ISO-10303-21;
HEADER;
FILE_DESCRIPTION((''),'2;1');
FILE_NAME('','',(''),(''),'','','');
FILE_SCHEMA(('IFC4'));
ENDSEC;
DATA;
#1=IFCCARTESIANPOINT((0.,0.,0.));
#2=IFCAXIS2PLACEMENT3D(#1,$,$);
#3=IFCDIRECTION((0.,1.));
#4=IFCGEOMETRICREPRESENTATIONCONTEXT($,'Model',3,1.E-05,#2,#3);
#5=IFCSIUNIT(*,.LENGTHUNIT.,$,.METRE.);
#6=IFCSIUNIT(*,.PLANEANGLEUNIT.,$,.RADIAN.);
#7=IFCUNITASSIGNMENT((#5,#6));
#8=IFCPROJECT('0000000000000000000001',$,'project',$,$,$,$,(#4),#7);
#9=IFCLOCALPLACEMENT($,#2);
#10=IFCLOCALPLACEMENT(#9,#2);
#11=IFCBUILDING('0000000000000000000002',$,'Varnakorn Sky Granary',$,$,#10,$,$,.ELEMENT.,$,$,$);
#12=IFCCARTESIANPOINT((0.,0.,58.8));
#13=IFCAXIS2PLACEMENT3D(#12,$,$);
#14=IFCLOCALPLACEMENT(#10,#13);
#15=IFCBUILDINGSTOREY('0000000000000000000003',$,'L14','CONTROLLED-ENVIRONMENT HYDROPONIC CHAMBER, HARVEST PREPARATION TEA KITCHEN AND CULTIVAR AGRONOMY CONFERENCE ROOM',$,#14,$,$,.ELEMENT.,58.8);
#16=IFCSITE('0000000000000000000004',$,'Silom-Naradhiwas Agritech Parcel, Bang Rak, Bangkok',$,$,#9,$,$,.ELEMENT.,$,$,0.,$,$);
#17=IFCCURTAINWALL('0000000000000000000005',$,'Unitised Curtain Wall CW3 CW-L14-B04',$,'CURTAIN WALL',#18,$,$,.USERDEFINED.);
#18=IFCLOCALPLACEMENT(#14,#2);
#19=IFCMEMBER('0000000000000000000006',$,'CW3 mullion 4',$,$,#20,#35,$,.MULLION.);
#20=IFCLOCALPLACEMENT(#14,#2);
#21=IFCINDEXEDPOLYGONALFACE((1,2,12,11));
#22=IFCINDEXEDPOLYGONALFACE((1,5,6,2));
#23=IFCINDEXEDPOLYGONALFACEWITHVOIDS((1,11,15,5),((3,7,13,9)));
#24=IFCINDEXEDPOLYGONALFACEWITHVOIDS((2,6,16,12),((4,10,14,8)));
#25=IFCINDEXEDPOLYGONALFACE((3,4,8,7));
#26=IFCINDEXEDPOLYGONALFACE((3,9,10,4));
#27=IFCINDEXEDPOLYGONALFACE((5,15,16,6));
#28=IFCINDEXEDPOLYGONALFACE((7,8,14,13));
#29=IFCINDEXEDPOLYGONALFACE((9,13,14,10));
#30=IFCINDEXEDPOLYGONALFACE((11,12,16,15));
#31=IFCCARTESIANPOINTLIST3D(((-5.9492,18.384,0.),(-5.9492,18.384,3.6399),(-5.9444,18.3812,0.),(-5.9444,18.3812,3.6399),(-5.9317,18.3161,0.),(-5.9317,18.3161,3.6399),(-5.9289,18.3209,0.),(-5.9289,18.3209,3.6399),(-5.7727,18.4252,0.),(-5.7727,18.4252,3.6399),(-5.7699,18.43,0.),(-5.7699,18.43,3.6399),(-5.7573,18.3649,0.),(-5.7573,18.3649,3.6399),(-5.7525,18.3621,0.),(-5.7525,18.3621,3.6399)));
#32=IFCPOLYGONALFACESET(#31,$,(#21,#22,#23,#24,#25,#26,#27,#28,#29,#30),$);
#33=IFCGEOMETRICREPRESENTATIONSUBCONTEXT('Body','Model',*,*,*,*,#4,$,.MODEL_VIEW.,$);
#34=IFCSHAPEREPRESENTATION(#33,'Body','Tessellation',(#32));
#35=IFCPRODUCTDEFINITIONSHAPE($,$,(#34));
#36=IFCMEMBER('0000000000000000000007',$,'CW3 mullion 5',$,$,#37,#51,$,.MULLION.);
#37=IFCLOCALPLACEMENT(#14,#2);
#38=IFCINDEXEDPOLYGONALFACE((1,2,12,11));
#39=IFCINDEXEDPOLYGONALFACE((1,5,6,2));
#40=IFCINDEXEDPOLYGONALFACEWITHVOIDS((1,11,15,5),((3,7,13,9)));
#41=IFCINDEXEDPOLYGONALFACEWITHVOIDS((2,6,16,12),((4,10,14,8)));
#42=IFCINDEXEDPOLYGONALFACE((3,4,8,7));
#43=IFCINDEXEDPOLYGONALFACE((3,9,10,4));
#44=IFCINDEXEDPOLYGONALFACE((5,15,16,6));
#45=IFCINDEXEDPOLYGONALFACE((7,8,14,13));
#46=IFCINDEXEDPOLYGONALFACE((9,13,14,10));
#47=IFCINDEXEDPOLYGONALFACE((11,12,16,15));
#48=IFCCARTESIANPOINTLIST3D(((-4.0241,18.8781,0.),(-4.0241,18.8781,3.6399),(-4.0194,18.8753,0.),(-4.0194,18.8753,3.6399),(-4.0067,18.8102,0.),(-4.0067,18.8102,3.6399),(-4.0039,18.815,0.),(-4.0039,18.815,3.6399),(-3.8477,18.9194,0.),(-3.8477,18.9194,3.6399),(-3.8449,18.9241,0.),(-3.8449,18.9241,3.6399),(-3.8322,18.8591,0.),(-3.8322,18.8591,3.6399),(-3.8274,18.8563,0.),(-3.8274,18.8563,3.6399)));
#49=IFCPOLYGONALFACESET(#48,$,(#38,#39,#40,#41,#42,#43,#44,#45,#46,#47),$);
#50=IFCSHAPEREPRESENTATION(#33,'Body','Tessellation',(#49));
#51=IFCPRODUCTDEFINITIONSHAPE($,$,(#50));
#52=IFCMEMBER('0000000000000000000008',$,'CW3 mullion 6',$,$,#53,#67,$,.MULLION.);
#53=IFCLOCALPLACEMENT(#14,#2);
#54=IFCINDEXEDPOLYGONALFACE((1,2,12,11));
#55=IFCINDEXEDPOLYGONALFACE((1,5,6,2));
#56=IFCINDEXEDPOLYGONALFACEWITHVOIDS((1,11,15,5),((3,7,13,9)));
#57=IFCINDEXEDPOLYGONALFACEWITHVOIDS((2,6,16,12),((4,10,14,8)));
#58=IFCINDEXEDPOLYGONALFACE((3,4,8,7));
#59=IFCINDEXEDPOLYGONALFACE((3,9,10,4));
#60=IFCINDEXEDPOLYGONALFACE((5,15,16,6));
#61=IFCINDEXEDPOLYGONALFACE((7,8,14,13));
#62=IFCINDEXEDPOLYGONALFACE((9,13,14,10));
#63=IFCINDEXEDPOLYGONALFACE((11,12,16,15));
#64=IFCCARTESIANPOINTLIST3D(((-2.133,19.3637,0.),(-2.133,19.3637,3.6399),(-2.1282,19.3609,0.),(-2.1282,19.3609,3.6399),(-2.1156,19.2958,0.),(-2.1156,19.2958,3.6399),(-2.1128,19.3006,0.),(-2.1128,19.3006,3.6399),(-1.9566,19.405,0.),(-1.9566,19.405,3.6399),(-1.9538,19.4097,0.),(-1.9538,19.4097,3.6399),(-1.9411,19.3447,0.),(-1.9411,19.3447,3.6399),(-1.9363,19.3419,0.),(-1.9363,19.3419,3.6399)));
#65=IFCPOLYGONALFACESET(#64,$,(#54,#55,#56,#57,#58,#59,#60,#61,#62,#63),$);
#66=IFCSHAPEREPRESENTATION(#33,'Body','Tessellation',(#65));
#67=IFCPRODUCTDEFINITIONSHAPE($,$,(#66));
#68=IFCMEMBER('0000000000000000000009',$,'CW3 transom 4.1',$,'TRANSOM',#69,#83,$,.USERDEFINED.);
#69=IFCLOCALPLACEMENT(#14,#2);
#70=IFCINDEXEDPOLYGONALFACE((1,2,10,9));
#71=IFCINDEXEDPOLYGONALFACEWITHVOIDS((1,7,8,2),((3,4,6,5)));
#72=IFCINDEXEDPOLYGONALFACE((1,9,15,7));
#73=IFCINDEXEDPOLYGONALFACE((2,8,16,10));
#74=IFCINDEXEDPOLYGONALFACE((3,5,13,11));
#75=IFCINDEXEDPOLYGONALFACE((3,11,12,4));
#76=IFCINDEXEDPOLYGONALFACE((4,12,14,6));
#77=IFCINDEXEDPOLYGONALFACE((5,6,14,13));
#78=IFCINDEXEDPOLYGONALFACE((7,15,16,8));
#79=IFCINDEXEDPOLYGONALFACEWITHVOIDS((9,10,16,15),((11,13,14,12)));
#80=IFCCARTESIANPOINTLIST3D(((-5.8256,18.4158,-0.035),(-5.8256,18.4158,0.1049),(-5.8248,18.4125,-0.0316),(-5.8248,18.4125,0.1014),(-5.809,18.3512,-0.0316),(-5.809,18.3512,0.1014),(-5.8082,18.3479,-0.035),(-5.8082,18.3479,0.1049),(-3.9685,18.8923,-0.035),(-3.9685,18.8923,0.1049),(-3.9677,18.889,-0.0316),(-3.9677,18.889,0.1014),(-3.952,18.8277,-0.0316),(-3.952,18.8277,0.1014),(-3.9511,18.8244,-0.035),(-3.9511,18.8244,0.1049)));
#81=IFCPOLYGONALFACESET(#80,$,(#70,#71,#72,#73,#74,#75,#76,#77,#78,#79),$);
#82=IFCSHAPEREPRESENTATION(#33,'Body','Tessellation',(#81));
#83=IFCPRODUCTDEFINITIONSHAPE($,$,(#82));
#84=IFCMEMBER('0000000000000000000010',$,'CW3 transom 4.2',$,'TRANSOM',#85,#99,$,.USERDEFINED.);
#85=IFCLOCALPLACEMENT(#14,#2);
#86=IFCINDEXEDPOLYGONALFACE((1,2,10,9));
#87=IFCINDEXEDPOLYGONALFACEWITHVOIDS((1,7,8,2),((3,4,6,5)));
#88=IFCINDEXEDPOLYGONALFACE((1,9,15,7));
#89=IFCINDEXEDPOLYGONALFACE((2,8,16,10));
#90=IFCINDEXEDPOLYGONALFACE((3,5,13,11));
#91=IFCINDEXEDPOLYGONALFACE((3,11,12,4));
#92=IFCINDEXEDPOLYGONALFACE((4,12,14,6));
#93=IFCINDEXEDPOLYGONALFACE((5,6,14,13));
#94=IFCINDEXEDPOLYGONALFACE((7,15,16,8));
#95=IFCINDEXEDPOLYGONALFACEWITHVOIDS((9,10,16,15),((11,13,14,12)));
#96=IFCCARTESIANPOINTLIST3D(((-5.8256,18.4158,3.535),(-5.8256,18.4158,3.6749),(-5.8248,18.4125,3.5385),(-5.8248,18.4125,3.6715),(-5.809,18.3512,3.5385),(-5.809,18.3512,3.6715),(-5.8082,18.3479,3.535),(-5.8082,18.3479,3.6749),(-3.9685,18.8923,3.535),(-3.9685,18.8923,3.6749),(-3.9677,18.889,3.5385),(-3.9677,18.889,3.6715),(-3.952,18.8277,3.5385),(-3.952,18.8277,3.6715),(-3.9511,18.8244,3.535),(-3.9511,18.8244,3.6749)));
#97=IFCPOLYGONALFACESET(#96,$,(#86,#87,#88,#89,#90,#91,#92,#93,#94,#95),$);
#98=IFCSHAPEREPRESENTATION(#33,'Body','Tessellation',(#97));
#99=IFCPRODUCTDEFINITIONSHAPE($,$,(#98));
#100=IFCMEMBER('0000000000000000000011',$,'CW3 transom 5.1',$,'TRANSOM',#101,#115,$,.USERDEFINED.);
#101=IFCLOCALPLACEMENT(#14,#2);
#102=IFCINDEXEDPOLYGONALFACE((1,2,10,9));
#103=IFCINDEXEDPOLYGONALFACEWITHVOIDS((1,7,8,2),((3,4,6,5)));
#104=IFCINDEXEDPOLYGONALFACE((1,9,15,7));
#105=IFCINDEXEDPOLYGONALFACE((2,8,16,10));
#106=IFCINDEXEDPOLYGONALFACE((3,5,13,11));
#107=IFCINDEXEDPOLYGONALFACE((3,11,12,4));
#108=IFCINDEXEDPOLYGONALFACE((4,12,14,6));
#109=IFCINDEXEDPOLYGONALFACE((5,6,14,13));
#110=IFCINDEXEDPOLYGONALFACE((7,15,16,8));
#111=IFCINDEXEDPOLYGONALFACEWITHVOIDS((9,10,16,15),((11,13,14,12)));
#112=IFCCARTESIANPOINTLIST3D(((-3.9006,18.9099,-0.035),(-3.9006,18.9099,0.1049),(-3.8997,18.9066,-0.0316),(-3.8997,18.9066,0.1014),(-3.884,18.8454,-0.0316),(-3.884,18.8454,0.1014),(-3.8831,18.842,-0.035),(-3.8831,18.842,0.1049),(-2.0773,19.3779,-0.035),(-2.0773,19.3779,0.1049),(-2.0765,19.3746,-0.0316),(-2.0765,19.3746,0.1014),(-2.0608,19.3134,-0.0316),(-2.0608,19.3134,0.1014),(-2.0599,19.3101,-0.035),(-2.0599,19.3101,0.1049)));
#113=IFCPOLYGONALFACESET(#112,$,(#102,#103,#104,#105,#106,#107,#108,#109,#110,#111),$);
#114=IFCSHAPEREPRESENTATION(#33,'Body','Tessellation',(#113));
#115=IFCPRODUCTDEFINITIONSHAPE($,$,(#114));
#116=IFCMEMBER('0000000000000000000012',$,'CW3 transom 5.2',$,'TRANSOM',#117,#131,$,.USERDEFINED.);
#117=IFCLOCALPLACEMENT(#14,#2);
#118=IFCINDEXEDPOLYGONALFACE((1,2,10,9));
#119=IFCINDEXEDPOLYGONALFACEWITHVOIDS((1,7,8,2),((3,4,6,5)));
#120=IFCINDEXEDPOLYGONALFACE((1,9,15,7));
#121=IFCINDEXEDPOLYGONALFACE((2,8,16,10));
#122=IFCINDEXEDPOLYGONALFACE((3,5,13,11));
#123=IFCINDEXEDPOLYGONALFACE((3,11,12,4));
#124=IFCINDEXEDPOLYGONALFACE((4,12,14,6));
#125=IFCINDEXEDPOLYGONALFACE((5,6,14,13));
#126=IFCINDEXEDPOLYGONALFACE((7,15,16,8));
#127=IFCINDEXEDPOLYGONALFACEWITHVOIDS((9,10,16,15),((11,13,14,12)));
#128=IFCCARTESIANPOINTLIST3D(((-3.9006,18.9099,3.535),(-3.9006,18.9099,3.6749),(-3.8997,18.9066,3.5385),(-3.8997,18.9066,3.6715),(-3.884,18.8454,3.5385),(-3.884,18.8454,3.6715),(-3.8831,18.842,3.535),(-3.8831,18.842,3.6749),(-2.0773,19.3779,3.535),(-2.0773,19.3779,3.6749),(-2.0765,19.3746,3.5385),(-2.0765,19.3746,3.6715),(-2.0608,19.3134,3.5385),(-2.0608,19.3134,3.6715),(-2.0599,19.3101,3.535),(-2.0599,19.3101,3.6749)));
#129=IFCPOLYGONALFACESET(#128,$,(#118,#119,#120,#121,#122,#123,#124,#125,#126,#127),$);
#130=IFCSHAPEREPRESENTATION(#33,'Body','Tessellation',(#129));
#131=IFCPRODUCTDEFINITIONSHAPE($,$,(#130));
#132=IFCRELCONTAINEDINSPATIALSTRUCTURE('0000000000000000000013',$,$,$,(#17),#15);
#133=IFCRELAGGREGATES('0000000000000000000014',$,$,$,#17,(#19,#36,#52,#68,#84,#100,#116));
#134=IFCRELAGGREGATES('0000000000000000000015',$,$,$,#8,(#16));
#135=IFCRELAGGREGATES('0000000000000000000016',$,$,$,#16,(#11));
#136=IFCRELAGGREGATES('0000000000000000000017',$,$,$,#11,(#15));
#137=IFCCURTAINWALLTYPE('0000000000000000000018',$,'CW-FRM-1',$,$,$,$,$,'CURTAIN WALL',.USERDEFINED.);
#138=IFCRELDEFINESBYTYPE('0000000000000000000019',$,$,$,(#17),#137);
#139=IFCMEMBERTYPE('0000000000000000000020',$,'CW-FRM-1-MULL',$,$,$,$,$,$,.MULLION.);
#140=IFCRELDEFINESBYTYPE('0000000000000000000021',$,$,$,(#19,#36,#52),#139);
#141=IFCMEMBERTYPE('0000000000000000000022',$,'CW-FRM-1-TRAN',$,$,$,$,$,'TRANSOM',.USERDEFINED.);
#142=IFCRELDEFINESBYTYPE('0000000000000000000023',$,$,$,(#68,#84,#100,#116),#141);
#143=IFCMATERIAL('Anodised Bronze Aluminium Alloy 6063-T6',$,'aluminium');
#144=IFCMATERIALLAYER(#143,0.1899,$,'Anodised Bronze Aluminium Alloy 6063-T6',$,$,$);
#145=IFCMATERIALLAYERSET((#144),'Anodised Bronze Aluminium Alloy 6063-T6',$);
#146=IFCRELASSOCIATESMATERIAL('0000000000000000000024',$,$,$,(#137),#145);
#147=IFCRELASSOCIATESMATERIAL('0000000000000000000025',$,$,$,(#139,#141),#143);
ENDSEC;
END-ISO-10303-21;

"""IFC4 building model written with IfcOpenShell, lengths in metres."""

from ifc_helpers import new_model, si_unit, direction, frame, origin, origin_2d, place, context, subcontext, project, spatial, hollow_rectangle, extrude, material, layer, layer_set, material_profile, profile_set, type_object, element, aggregate, save


model = new_model("IFC4")

# Units and contexts
model_context = context("Model", 3, precision=1e-05, world=origin(), true_north=direction((0.0, 1.0)))
body_context = subcontext(model_context, "Body", "Model", "MODEL_VIEW")
ifc_project = project(units=[si_unit("LENGTHUNIT", "METRE"), si_unit("PLANEANGLEUNIT", "RADIAN")], contexts=[model_context])

# Site, building, storey
site_placement = place(None, origin())
site = spatial("IfcSite", under=ifc_project, at=site_placement, Name="Silom-Naradhiwas Agritech Parcel, Bang Rak, Bangkok", CompositionType="ELEMENT", RefElevation=0.0)
building_placement = place(site_placement, origin())
building = spatial("IfcBuilding", under=site, at=building_placement, Name="Varnakorn Sky Granary", CompositionType="ELEMENT")
storey_placement = place(building_placement, frame((0.0, 0.0, 58.8)))
storey = spatial("IfcBuildingStorey", under=building, at=storey_placement, Name="L14", Description="CONTROLLED-ENVIRONMENT HYDROPONIC CHAMBER, HARVEST PREPARATION TEA KITCHEN AND CULTIVAR AGRONOMY CONFERENCE ROOM", CompositionType="ELEMENT", Elevation=58.8)

# Curtain wall, members
ifc_material_1 = material(Name="Anodised Bronze Aluminium Alloy 6063-T6", Category="aluminium")
ifc_layer_1 = layer(ifc_material_1, 0.1899, Name="Anodised Bronze Aluminium Alloy 6063-T6")
ifc_layer_set_1 = layer_set([ifc_layer_1], Name="Anodised Bronze Aluminium Alloy 6063-T6")
curtain_wall_type = type_object("IfcCurtainWallType", Name="CW-FRM-1", ElementType="CURTAIN WALL", PredefinedType="USERDEFINED", material=ifc_layer_set_1)
curtain_wall_placement = place(storey_placement, origin())
curtain_wall = element("IfcCurtainWall", 1, at=curtain_wall_placement, inside=storey, type_object=curtain_wall_type, Name="Unitised Curtain Wall CW3 CW-L14-B04", ObjectType="CURTAIN WALL", PredefinedType="USERDEFINED")
ifc_material_profile_1 = material_profile(ifc_material_1, hollow_rectangle(XDim=0.0701, YDim=0.1851, WallThickness=0.0039, at=origin_2d()), Name="ALU MULL 70x185")
ifc_profile_set_1 = profile_set([ifc_material_profile_1], Name="Anodised Bronze Aluminium Alloy 6063-T6")
member_type_1 = type_object("IfcMemberType", Name="CW-FRM-1-MULL", PredefinedType="MULLION", material=ifc_profile_set_1)
member_1_placement = place(storey_placement, frame((-5.8508, 18.373, 0.0), z_axis=(0.0, 0.0, 1.0), x_axis=(-0.248656, 0.968592, 0.0)))
member_1 = element("IfcMember", 2, at=member_1_placement, type_object=member_type_1, Name="CW3 mullion 4", PredefinedType="MULLION", context=body_context, shape_type="SweptSolid", body=[
    extrude(hollow_rectangle(XDim=0.0701, YDim=0.1851, WallThickness=0.0039, at=origin_2d()), origin(), (0.0, 0.0, 1.0), 3.6399),
])
member_2_placement = place(storey_placement, frame((-3.9258, 18.8672, 0.0), z_axis=(0.0, 0.0, 1.0), x_axis=(-0.248656, 0.968592, 0.0)))
member_2 = element("IfcMember", 3, at=member_2_placement, type_object=member_type_1, Name="CW3 mullion 5", PredefinedType="MULLION", context=body_context, shape_type="SweptSolid", body=[
    extrude(hollow_rectangle(XDim=0.0701, YDim=0.1851, WallThickness=0.0039, at=origin_2d()), origin(), (0.0, 0.0, 1.0), 3.6399),
])
member_3_placement = place(storey_placement, frame((-2.0347, 19.3528, 0.0), z_axis=(0.0, 0.0, 1.0), x_axis=(-0.248656, 0.968592, 0.0)))
member_3 = element("IfcMember", 4, at=member_3_placement, type_object=member_type_1, Name="CW3 mullion 6", PredefinedType="MULLION", context=body_context, shape_type="SweptSolid", body=[
    extrude(hollow_rectangle(XDim=0.0701, YDim=0.1851, WallThickness=0.0039, at=origin_2d()), origin(), (0.0, 0.0, 1.0), 3.6399),
])
ifc_material_profile_2 = material_profile(ifc_material_1, hollow_rectangle(XDim=0.0701, YDim=0.1399, WallThickness=0.0034, at=origin_2d()), Name="ALU TRAN 70x140")
ifc_profile_set_2 = profile_set([ifc_material_profile_2], Name="Anodised Bronze Aluminium Alloy 6063-T6")
member_type_2 = type_object("IfcMemberType", Name="CW-FRM-1-TRAN", ElementType="TRANSOM", PredefinedType="USERDEFINED", material=ifc_profile_set_2)
member_4_placement = place(storey_placement, frame((-5.8169, 18.3818, 0.0349), z_axis=(0.968618, 0.248553, 0.0), x_axis=(-0.248553, 0.968618, 0.0)))
member_4 = element("IfcMember", 5, at=member_4_placement, type_object=member_type_2, Name="CW3 transom 4.1", ObjectType="TRANSOM", PredefinedType="USERDEFINED", context=body_context, shape_type="SweptSolid", body=[
    extrude(hollow_rectangle(XDim=0.0701, YDim=0.1399, WallThickness=0.0034, at=origin_2d()), origin(), (0.0, 0.0, 1.0), 1.9172),
])
member_5_placement = place(storey_placement, frame((-5.8169, 18.3818, 3.605), z_axis=(0.968618, 0.248553, 0.0), x_axis=(-0.248553, 0.968618, 0.0)))
member_5 = element("IfcMember", 6, at=member_5_placement, type_object=member_type_2, Name="CW3 transom 4.2", ObjectType="TRANSOM", PredefinedType="USERDEFINED", context=body_context, shape_type="SweptSolid", body=[
    extrude(hollow_rectangle(XDim=0.0701, YDim=0.1399, WallThickness=0.0034, at=origin_2d()), origin(), (0.0, 0.0, 1.0), 1.9172),
])
member_6_placement = place(storey_placement, frame((-3.8918, 18.876, 0.0349), z_axis=(0.968597, 0.248634, 0.0), x_axis=(-0.248634, 0.968597, 0.0)))
member_6 = element("IfcMember", 7, at=member_6_placement, type_object=member_type_2, Name="CW3 transom 5.1", ObjectType="TRANSOM", PredefinedType="USERDEFINED", context=body_context, shape_type="SweptSolid", body=[
    extrude(hollow_rectangle(XDim=0.0701, YDim=0.1399, WallThickness=0.0034, at=origin_2d()), origin(), (0.0, 0.0, 1.0), 1.8823),
])
member_7_placement = place(storey_placement, frame((-3.8918, 18.876, 3.605), z_axis=(0.968597, 0.248634, 0.0), x_axis=(-0.248634, 0.968597, 0.0)))
member_7 = element("IfcMember", 8, at=member_7_placement, type_object=member_type_2, Name="CW3 transom 5.2", ObjectType="TRANSOM", PredefinedType="USERDEFINED", context=body_context, shape_type="SweptSolid", body=[
    extrude(hollow_rectangle(XDim=0.0701, YDim=0.1399, WallThickness=0.0034, at=origin_2d()), origin(), (0.0, 0.0, 1.0), 1.8823),
])

aggregate(curtain_wall, [member_1, member_2, member_3, member_4, member_5, member_6, member_7])

save(model, "model.ifc")
